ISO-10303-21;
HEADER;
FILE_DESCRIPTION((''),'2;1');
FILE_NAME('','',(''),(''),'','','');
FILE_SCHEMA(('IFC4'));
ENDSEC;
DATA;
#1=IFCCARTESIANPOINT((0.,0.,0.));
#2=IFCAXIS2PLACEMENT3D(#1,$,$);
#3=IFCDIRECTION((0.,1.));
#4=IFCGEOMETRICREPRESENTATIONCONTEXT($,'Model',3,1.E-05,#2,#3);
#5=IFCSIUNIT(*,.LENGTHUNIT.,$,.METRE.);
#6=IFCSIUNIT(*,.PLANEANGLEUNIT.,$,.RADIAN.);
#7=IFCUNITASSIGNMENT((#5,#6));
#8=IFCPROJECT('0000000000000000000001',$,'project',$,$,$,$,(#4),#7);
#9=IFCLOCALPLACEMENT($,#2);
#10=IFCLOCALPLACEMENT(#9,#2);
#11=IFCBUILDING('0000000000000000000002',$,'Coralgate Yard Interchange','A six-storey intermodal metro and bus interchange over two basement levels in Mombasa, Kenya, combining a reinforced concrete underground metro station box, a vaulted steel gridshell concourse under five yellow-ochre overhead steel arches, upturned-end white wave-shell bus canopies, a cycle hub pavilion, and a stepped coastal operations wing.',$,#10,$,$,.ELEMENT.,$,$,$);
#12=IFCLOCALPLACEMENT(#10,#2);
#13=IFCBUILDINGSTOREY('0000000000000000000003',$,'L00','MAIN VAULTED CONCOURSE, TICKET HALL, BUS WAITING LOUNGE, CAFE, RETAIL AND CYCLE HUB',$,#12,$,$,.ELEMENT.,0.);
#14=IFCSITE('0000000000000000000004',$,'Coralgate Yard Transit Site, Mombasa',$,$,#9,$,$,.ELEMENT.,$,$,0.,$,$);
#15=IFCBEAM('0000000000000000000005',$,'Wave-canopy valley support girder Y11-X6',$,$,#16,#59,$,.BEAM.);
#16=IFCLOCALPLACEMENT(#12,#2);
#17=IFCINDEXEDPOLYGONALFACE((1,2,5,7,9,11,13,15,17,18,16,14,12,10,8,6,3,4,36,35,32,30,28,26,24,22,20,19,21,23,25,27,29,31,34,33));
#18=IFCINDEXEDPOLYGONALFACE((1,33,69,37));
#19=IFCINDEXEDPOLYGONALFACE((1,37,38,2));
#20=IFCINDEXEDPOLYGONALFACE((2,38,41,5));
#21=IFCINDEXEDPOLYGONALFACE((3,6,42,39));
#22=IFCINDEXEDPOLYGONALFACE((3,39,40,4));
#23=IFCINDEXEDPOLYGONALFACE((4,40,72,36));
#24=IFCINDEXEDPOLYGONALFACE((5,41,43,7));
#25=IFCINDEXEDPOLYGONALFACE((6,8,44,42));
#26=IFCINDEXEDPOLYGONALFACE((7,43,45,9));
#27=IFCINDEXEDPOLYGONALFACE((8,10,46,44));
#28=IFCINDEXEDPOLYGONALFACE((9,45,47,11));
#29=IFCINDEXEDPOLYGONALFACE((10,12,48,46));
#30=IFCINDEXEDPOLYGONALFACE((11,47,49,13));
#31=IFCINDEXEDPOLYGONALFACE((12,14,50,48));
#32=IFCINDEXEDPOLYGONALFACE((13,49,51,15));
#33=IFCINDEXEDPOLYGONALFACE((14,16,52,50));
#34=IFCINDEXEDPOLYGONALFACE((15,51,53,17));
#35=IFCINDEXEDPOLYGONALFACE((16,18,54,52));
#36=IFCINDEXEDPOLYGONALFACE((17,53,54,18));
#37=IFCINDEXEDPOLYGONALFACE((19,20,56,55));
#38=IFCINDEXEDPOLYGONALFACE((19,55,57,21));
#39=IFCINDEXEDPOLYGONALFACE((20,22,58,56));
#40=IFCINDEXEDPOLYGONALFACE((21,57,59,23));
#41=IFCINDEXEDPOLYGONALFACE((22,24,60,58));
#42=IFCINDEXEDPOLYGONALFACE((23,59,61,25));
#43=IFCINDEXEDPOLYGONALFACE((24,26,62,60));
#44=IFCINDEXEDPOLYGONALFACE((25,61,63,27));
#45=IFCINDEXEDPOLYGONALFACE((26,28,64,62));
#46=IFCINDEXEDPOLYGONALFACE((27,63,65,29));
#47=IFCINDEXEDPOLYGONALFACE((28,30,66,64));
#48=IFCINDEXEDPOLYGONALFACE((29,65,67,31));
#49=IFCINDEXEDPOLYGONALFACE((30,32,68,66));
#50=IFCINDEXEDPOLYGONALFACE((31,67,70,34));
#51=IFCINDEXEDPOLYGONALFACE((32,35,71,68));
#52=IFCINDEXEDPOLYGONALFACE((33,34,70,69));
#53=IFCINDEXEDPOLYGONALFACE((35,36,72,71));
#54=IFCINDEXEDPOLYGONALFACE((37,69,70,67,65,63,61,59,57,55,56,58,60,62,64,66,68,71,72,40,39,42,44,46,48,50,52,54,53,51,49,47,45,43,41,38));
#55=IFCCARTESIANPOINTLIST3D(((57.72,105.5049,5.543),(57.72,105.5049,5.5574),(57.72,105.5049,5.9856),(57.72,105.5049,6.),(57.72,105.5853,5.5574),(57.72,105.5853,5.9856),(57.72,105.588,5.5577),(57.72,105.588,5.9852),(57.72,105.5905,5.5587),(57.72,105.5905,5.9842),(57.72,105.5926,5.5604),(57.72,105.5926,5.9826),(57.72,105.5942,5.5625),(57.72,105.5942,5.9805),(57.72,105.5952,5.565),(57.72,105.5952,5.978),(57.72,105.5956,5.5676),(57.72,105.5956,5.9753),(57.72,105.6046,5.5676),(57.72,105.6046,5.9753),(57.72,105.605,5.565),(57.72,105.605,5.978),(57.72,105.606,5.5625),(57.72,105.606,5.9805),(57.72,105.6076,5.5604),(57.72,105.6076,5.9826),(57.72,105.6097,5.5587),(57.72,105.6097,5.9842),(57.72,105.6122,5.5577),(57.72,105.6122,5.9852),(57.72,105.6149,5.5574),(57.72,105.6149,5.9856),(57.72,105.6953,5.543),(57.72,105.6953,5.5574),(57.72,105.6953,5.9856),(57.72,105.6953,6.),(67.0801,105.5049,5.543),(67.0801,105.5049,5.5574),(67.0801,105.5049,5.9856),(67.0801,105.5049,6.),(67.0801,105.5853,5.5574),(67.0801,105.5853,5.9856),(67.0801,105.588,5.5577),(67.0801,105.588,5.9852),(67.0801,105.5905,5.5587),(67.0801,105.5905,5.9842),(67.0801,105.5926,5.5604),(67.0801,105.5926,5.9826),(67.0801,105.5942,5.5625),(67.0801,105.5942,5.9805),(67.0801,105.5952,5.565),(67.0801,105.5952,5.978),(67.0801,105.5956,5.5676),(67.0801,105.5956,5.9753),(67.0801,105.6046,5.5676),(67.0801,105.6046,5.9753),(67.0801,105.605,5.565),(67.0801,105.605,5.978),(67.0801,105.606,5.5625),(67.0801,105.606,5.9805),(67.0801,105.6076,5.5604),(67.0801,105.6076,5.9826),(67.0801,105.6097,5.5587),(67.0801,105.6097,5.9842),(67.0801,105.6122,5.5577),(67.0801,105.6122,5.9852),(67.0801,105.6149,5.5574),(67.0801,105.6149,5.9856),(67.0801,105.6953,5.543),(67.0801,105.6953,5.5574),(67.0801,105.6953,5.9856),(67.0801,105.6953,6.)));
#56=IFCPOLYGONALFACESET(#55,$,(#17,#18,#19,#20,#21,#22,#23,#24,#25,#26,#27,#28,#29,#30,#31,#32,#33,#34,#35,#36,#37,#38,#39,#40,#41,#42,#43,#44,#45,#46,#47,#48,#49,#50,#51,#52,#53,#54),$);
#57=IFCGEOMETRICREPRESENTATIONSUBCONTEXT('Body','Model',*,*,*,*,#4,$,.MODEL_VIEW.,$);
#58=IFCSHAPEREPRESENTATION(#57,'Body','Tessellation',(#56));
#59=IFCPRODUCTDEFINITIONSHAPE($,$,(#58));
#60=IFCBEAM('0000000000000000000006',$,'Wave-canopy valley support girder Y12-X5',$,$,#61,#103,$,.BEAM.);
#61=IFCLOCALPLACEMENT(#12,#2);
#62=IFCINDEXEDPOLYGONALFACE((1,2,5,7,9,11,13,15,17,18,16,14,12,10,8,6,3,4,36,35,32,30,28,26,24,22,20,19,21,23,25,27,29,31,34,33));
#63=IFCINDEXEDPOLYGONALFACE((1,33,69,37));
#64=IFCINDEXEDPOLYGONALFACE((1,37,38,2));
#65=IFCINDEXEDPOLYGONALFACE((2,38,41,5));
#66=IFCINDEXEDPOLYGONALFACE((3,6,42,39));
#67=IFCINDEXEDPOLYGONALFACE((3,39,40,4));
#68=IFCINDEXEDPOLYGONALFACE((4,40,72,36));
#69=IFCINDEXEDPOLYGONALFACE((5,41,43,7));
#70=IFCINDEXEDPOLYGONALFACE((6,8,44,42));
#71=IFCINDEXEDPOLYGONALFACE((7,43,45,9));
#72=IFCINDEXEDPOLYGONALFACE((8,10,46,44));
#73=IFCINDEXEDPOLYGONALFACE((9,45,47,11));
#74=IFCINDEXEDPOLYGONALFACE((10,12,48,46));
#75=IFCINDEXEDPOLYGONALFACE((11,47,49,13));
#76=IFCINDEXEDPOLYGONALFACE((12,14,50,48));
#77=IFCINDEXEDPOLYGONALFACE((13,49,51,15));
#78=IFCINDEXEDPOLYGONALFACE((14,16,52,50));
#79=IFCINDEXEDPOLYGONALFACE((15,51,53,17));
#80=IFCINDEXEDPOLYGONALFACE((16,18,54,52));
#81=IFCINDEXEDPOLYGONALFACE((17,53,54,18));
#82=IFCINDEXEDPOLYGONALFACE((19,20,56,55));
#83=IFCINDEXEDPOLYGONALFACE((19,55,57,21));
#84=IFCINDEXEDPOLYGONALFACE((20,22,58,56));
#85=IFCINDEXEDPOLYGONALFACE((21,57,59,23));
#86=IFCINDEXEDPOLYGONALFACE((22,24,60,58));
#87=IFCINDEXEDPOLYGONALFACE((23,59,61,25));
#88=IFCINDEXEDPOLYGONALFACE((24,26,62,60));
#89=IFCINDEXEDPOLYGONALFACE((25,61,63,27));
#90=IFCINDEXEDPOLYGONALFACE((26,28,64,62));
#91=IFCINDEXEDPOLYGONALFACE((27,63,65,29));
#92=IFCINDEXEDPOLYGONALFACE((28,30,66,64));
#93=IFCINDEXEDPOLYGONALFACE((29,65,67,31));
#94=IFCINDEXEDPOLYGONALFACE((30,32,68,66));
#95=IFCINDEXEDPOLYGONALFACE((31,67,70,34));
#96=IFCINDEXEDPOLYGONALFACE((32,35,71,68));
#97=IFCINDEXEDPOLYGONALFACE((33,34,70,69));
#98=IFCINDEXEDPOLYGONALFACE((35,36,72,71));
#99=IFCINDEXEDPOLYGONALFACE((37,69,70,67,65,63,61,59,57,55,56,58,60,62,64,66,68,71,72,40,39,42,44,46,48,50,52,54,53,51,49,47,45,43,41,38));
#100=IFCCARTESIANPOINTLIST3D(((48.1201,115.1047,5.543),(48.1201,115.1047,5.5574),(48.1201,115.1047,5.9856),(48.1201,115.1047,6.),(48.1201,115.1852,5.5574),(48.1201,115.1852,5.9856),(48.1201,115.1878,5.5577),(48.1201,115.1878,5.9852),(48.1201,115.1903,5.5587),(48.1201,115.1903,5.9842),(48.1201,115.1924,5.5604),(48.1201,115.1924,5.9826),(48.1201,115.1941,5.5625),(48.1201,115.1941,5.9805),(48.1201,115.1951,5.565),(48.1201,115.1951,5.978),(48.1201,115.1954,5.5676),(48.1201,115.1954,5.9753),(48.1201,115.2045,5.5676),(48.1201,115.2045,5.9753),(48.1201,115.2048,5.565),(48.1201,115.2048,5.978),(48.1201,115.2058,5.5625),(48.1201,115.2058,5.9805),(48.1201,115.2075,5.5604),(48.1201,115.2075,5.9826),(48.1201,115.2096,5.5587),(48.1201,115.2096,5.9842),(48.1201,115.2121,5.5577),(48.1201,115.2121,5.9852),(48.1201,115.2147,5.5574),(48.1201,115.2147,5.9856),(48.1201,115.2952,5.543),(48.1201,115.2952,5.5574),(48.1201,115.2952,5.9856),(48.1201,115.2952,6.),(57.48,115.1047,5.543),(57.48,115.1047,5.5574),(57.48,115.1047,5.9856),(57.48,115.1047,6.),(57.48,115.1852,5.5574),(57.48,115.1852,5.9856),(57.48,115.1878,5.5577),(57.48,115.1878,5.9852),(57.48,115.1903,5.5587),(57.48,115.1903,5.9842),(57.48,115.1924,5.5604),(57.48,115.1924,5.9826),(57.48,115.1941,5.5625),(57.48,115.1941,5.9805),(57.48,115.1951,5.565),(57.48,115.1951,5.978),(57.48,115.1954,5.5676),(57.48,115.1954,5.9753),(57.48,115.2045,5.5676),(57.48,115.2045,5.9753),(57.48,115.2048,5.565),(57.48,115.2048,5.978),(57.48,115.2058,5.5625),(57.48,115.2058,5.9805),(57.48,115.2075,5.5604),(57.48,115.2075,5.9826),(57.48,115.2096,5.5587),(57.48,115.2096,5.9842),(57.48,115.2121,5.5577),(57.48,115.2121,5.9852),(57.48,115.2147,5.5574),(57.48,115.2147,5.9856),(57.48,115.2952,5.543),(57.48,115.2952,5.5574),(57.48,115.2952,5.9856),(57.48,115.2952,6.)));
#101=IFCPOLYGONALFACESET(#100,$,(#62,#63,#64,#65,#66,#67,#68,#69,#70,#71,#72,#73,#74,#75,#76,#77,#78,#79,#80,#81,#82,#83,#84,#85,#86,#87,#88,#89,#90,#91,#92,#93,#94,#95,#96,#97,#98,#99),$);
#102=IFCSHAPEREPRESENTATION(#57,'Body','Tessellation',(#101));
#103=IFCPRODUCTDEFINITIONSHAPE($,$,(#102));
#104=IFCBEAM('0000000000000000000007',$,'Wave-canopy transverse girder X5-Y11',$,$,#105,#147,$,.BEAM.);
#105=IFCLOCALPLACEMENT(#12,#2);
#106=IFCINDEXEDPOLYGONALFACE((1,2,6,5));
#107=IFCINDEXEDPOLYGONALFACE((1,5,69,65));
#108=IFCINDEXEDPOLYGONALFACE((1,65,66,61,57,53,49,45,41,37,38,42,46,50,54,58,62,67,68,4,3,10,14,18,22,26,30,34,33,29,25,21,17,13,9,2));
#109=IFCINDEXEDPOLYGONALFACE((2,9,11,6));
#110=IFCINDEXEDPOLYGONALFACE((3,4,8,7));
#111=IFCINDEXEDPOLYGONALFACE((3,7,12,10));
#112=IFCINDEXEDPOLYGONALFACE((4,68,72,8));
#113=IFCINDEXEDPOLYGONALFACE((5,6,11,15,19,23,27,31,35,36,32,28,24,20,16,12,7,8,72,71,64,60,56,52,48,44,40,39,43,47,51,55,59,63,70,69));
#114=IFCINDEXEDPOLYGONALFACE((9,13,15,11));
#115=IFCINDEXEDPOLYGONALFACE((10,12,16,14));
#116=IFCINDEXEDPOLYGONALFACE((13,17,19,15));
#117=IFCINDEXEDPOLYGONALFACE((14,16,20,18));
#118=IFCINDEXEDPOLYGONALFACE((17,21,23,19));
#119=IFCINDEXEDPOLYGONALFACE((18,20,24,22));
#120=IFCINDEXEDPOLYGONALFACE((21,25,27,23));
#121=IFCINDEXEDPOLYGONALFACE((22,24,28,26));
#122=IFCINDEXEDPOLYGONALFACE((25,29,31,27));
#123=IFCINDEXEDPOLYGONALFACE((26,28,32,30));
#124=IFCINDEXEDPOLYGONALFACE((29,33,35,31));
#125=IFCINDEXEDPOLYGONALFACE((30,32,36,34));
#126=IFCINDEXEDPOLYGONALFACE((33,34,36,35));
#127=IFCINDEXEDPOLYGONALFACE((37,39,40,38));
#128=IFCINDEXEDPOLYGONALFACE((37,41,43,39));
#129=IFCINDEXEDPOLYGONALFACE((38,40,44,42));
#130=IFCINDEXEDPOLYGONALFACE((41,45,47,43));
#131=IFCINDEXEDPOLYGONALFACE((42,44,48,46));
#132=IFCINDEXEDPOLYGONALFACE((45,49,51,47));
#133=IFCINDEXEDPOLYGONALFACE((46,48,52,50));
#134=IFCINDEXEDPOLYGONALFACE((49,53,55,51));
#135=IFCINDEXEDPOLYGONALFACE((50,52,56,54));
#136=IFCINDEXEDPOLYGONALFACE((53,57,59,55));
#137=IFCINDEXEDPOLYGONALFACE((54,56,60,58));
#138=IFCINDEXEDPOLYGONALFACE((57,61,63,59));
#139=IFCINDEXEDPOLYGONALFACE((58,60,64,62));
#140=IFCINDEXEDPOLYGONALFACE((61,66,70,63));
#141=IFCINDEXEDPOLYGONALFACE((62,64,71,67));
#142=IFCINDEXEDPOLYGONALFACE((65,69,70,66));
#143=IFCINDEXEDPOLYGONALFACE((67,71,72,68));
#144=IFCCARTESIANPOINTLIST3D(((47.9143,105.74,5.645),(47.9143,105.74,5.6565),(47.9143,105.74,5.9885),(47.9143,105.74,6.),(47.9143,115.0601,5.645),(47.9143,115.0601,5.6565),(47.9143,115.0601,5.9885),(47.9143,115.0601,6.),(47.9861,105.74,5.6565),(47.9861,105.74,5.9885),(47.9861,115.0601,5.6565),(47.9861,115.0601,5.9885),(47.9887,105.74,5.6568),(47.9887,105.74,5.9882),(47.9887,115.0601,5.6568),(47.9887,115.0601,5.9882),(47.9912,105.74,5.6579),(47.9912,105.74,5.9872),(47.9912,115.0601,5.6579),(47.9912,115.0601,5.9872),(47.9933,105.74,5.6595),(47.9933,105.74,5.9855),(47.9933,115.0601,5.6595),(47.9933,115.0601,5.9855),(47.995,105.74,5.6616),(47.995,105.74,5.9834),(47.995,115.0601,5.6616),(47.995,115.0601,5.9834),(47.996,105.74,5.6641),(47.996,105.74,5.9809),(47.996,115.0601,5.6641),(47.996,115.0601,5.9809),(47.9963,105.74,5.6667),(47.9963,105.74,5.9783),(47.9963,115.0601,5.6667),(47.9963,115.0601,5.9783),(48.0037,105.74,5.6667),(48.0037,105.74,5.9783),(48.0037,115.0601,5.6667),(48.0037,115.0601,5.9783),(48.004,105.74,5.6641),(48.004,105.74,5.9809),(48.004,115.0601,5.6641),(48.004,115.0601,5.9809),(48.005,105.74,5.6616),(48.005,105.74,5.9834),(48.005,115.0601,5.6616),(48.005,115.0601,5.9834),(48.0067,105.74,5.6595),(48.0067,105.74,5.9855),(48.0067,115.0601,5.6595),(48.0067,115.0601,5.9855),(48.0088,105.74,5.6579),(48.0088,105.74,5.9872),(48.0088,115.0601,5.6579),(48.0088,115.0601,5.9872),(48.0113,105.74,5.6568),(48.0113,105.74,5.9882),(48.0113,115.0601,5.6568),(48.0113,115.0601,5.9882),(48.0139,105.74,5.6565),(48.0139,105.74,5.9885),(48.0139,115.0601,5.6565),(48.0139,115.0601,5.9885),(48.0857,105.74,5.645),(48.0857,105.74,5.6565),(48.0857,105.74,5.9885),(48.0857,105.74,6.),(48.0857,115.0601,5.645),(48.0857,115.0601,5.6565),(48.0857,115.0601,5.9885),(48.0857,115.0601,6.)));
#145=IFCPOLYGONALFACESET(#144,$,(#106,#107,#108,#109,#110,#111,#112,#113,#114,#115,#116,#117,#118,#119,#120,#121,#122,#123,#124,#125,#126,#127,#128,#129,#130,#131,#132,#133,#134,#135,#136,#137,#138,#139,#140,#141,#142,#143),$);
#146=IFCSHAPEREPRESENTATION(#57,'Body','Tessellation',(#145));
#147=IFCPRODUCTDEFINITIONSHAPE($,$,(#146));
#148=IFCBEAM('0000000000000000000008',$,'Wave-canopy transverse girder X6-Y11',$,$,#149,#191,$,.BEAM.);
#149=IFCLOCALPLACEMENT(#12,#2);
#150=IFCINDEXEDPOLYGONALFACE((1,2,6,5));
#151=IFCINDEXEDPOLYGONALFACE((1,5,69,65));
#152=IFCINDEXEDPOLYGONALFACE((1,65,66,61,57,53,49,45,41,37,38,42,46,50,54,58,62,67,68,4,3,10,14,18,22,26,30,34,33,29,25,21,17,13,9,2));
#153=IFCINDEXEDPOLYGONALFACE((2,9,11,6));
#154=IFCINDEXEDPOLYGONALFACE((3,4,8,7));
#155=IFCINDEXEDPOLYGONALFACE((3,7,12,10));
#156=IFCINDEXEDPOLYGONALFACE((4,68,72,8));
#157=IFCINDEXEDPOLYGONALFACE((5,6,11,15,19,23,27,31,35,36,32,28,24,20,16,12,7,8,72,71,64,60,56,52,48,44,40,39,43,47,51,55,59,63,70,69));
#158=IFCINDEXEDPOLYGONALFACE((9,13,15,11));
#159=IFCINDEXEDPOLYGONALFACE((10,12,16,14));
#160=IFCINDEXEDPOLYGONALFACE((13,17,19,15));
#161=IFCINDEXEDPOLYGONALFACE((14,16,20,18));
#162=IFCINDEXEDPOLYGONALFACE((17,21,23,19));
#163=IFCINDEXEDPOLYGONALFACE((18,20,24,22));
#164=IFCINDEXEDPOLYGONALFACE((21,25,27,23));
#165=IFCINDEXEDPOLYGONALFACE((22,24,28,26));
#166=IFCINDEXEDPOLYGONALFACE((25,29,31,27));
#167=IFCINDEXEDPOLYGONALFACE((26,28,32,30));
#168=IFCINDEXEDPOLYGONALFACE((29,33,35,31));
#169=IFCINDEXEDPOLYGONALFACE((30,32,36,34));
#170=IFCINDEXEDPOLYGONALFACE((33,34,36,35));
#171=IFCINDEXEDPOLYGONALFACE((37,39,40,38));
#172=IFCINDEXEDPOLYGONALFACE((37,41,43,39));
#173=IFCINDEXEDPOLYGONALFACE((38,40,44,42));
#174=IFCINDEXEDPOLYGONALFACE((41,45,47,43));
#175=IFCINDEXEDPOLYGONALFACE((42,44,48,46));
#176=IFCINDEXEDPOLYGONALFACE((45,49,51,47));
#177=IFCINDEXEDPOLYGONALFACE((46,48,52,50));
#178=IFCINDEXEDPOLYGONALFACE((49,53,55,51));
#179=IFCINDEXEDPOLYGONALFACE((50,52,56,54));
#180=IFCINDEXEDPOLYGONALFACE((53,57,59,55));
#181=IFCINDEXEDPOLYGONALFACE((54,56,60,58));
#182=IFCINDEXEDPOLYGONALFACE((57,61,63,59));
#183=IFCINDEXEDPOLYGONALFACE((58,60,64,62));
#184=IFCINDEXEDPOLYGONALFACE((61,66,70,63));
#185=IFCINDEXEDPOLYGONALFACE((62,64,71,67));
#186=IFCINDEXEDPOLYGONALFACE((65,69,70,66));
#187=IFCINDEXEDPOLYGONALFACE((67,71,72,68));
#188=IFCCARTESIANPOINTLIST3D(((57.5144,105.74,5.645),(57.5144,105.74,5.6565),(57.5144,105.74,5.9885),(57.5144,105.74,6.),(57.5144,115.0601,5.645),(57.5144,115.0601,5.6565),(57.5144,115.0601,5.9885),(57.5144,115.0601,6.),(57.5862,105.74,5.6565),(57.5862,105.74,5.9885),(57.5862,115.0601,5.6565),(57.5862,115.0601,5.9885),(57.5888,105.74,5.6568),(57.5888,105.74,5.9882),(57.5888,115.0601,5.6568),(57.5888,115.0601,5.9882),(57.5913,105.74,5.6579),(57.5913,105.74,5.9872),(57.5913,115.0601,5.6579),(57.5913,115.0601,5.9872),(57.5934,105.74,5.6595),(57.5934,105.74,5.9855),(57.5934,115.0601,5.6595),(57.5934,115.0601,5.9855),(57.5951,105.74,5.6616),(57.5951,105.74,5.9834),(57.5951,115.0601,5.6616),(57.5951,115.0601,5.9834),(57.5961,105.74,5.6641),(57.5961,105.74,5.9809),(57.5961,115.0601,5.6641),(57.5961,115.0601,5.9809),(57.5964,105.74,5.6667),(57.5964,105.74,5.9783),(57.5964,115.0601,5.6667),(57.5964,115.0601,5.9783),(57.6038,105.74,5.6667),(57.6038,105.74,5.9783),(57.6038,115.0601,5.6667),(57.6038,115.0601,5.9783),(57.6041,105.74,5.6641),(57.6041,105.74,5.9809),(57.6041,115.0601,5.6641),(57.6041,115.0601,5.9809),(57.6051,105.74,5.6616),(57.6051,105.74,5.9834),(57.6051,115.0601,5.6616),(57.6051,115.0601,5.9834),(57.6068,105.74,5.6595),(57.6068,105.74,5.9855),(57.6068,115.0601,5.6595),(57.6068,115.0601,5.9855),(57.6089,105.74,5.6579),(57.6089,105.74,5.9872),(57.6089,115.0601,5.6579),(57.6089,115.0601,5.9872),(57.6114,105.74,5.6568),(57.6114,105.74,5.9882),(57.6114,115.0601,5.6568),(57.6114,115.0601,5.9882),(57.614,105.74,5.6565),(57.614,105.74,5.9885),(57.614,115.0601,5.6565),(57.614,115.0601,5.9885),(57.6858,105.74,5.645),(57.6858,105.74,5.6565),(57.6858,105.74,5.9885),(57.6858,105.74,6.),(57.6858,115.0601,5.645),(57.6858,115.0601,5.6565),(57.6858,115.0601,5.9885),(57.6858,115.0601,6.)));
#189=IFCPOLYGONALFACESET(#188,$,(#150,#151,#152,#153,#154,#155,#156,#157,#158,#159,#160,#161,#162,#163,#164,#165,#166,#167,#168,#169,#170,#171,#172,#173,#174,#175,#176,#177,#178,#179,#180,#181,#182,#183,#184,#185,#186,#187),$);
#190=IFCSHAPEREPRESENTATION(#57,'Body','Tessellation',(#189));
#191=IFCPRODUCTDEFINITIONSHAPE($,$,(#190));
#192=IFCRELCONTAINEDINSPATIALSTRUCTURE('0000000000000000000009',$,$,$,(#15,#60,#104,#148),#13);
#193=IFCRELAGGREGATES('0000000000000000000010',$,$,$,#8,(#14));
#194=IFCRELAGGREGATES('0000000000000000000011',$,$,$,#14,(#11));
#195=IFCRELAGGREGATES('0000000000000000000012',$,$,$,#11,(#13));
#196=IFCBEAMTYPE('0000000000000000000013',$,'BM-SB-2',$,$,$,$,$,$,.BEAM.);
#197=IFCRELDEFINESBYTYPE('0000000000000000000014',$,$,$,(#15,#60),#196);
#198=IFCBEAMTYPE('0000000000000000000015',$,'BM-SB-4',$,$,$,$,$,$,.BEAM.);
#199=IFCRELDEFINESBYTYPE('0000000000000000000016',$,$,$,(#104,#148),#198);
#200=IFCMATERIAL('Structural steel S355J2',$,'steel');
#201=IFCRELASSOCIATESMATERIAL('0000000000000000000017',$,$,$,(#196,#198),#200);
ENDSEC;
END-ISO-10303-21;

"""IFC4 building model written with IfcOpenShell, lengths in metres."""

from ifc_helpers import new_model, si_unit, direction, frame, origin, origin_2d, place, context, subcontext, project, spatial, i_section, extrude, material, material_profile, profile_set, type_object, element, save


model = new_model("IFC4")

# Units and contexts
model_context = context("Model", 3, precision=1e-05, world=origin(), true_north=direction((0.0, 1.0)))
body_context = subcontext(model_context, "Body", "Model", "MODEL_VIEW")
ifc_project = project(units=[si_unit("LENGTHUNIT", "METRE"), si_unit("PLANEANGLEUNIT", "RADIAN")], contexts=[model_context])

# Site, building, storey
site_placement = place(None, origin())
site = spatial("IfcSite", under=ifc_project, at=site_placement, Name="Coralgate Yard Transit Site, Mombasa", CompositionType="ELEMENT", RefElevation=0.0)
building_placement = place(site_placement, origin())
building = spatial("IfcBuilding", under=site, at=building_placement, Name="Coralgate Yard Interchange", Description="A six-storey intermodal metro and bus interchange over two basement levels in Mombasa, Kenya, combining a reinforced concrete underground metro station box, a vaulted steel gridshell concourse under five yellow-ochre overhead steel arches, upturned-end white wave-shell bus canopies, a cycle hub pavilion, and a stepped coastal operations wing.", CompositionType="ELEMENT")
storey_placement = place(building_placement, origin())
storey = spatial("IfcBuildingStorey", under=building, at=storey_placement, Name="L00", Description="MAIN VAULTED CONCOURSE, TICKET HALL, BUS WAITING LOUNGE, CAFE, RETAIL AND CYCLE HUB", CompositionType="ELEMENT", Elevation=0.0)

# Shared definitions
ifc_material_1 = material(Name="Structural steel S355J2", Category="steel")

# Beams
ifc_material_profile_1 = material_profile(ifc_material_1, i_section(OverallWidth=0.1904, OverallDepth=0.457, WebThickness=0.009, FlangeThickness=0.0144, FilletRadius=0.0103, at=origin_2d()), Name="UB 457x191x74")
ifc_profile_set_1 = profile_set([ifc_material_profile_1], Name="Structural steel S355J2")
beam_type_1 = type_object("IfcBeamType", Name="BM-SB-2", PredefinedType="BEAM", material=ifc_profile_set_1)
beam_1_placement = place(storey_placement, frame((57.72, 105.6001, 5.7715), z_axis=(1.0, 0.0, 0.0), x_axis=(0.0, 1.0, 0.0)))
element("IfcBeam", 1, at=beam_1_placement, inside=storey, type_object=beam_type_1, Name="Wave-canopy valley support girder Y11-X6", PredefinedType="BEAM", context=body_context, shape_type="SweptSolid", body=[
    extrude(i_section(OverallWidth=0.1904, OverallDepth=0.457, WebThickness=0.009, FlangeThickness=0.0144, FilletRadius=0.0103, at=origin_2d()), origin(), (0.0, 0.0, 1.0), 9.3601),
])
beam_2_placement = place(storey_placement, frame((48.1201, 115.2, 5.7715), z_axis=(1.0, 0.0, 0.0), x_axis=(0.0, 1.0, 0.0)))
element("IfcBeam", 2, at=beam_2_placement, inside=storey, type_object=beam_type_1, Name="Wave-canopy valley support girder Y12-X5", PredefinedType="BEAM", context=body_context, shape_type="SweptSolid", body=[
    extrude(i_section(OverallWidth=0.1904, OverallDepth=0.457, WebThickness=0.009, FlangeThickness=0.0144, FilletRadius=0.0103, at=origin_2d()), origin(), (0.0, 0.0, 1.0), 9.3599),
])
ifc_material_profile_2 = material_profile(ifc_material_1, i_section(OverallWidth=0.1714, OverallDepth=0.355, WebThickness=0.0073, FlangeThickness=0.0115, FilletRadius=0.0103, at=origin_2d()), Name="UB 356x171x51")
ifc_profile_set_2 = profile_set([ifc_material_profile_2], Name="Structural steel S355J2")
beam_type_2 = type_object("IfcBeamType", Name="BM-SB-4", PredefinedType="BEAM", material=ifc_profile_set_2)
for number, where, z_axis, x_axis, name in (
    (3, (48.0, 105.74, 5.8225), (0.0, 1.0, 0.0), (-1.0, 0.0, 0.0), "Wave-canopy transverse girder X5-Y11"),
    (4, (57.6001, 105.74, 5.8225), (0.0, 1.0, 0.0), (-1.0, 0.0, 0.0), "Wave-canopy transverse girder X6-Y11"),
):
    element("IfcBeam", number, at=place(storey_placement, frame(where, z_axis=z_axis, x_axis=x_axis)), inside=storey, type_object=beam_type_2, Name=name, PredefinedType="BEAM", context=body_context, shape_type="SweptSolid", body=[
        extrude(i_section(OverallWidth=0.1714, OverallDepth=0.355, WebThickness=0.0073, FlangeThickness=0.0115, FilletRadius=0.0103, at=origin_2d()), origin(), (0.0, 0.0, 1.0), 9.3201),
    ])

save(model, "model.ifc")
